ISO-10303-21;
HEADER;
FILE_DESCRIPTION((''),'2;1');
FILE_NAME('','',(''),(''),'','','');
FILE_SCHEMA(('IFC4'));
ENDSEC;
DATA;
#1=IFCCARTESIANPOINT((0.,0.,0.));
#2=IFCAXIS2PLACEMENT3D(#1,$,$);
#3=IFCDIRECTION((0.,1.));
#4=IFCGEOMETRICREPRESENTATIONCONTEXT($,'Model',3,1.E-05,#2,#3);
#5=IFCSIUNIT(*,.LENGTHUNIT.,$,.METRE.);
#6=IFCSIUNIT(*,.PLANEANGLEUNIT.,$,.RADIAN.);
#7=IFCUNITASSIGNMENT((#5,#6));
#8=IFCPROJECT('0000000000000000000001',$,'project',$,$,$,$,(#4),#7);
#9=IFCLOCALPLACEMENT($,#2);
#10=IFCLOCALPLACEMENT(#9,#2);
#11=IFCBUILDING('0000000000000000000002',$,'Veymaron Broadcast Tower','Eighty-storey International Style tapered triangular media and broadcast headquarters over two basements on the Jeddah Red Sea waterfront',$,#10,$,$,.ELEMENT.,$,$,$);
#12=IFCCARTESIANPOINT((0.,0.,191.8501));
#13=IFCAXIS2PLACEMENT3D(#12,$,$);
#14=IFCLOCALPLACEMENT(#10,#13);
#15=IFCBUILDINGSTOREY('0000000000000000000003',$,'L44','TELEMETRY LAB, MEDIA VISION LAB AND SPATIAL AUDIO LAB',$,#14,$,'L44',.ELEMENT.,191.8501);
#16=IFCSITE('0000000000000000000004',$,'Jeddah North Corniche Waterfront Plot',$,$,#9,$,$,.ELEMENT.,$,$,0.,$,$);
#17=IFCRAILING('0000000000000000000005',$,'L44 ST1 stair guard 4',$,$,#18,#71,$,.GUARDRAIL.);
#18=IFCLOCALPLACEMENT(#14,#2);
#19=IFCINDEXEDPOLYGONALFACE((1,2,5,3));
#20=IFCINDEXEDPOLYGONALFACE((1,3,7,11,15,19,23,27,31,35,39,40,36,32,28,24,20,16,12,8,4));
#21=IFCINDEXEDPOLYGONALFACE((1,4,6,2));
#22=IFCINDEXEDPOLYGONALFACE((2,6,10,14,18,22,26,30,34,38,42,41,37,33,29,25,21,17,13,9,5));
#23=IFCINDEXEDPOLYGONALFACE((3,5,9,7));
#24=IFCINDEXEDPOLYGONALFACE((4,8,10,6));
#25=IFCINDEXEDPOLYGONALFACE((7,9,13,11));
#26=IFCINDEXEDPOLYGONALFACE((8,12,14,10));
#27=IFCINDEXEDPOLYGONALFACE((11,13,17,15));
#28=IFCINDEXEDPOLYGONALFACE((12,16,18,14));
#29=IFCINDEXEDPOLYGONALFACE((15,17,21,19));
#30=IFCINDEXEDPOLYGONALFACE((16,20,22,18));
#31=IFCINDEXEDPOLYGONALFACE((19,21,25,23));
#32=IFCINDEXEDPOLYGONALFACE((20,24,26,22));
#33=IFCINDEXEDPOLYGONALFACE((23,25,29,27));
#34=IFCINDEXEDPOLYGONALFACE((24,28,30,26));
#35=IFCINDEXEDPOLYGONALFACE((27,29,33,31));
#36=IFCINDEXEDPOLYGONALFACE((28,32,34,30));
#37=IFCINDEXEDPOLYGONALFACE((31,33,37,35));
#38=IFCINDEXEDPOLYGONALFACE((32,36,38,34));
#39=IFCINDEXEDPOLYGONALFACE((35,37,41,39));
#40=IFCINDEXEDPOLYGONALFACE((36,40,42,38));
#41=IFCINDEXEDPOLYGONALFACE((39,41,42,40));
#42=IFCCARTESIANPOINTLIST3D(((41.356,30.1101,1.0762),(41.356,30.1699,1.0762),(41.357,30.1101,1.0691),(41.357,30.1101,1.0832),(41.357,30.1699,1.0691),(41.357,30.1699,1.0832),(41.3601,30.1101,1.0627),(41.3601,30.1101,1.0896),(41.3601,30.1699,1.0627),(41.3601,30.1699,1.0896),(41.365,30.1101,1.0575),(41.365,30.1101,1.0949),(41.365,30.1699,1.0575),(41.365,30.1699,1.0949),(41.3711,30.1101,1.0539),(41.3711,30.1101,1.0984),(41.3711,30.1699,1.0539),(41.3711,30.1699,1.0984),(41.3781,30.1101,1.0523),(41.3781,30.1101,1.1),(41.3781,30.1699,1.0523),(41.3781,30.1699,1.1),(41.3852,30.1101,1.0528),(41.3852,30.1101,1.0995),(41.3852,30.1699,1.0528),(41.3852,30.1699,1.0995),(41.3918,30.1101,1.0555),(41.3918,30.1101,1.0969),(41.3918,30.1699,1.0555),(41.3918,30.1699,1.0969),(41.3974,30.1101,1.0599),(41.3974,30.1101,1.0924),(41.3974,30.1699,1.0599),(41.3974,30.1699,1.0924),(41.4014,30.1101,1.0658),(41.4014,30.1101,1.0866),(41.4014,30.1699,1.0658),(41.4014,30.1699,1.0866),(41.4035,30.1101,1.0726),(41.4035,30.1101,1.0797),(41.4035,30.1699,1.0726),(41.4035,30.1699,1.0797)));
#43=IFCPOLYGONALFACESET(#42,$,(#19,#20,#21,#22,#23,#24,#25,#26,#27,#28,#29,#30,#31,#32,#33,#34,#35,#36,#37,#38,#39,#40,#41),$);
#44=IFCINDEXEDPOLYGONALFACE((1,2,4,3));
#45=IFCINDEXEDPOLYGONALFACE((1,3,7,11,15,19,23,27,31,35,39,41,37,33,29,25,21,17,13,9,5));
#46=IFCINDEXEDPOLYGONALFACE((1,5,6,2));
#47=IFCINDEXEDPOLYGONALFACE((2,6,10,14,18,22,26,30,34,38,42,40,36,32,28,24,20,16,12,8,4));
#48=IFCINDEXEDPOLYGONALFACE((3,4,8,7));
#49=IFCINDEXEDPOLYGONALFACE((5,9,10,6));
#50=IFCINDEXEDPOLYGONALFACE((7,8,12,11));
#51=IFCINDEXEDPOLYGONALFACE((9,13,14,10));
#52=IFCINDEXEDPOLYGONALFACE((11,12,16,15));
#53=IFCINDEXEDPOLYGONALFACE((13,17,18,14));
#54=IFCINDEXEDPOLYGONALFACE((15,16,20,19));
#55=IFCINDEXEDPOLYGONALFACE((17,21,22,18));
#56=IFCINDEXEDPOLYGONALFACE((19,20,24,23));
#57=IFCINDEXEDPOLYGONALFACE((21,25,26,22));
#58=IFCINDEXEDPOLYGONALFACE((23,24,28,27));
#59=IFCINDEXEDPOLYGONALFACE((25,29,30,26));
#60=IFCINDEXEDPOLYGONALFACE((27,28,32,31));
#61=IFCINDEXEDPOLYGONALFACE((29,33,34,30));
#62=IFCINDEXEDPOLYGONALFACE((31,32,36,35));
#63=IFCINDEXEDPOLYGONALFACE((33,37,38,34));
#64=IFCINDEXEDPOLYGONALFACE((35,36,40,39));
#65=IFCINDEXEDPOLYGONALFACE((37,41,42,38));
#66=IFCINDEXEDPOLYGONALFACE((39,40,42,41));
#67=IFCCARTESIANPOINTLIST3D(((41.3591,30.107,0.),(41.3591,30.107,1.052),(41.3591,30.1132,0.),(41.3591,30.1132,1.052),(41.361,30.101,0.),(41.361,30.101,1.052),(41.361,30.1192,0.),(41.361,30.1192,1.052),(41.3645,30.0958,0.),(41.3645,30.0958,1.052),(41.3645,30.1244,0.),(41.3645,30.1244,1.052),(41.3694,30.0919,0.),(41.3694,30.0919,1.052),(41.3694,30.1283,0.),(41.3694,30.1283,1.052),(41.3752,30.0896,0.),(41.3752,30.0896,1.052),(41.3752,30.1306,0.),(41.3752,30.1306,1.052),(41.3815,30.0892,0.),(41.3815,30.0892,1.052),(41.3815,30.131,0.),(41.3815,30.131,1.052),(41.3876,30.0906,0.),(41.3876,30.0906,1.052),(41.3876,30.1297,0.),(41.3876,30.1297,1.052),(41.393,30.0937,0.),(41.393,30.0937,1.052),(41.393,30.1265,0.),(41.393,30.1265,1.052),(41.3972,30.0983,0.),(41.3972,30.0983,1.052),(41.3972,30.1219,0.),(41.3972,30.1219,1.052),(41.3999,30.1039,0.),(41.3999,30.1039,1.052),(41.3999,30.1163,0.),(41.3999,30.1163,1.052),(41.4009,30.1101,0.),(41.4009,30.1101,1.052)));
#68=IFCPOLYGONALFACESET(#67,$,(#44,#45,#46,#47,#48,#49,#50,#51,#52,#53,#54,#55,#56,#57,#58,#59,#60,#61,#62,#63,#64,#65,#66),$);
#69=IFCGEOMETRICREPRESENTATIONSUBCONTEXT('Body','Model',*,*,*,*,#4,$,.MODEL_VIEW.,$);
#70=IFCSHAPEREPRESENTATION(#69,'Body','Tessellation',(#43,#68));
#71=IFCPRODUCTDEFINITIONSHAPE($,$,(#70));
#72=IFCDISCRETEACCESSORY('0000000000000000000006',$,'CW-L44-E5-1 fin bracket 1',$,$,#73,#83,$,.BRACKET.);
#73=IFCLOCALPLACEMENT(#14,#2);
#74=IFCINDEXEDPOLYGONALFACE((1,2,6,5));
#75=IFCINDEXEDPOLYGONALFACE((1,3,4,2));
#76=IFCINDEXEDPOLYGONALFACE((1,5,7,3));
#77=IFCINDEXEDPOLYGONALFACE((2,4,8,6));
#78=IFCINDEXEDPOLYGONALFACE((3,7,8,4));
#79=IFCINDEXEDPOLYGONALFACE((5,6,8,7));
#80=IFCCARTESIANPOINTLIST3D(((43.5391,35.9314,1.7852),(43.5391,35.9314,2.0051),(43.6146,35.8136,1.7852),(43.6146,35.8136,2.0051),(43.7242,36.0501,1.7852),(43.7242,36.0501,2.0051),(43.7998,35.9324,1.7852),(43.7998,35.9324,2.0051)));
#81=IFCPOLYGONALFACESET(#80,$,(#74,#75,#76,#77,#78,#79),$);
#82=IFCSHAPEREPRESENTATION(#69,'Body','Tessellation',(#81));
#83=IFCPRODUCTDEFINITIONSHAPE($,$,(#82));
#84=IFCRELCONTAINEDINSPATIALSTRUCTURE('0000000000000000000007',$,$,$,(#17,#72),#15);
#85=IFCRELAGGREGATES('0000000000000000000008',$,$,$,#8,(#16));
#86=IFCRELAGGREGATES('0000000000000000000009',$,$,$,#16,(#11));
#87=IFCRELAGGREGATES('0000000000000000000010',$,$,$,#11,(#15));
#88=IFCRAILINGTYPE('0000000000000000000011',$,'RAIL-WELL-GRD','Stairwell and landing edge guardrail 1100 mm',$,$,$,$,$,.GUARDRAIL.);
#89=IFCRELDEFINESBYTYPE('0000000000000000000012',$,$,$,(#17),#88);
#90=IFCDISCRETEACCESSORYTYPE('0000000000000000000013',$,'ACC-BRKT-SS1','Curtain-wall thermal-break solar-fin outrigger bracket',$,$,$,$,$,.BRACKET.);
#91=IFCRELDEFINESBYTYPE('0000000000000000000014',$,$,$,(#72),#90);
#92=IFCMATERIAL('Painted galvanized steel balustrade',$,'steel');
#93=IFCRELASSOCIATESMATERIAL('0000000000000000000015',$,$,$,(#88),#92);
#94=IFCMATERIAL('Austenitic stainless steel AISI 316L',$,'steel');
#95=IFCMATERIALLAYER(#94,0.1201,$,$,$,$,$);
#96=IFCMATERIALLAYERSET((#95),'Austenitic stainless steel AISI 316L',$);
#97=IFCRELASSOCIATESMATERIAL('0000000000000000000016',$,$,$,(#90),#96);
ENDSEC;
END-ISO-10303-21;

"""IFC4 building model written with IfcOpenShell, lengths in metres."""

from ifc_helpers import new_model, si_unit, direction, frame, origin, origin_2d, place, context, subcontext, project, spatial, rectangle, circle, extrude, material, layer, layer_set, type_object, element, save


model = new_model("IFC4")

# Units and contexts
model_context = context("Model", 3, precision=1e-05, world=origin(), true_north=direction((0.0, 1.0)))
body_context = subcontext(model_context, "Body", "Model", "MODEL_VIEW")
ifc_project = project(units=[si_unit("LENGTHUNIT", "METRE"), si_unit("PLANEANGLEUNIT", "RADIAN")], contexts=[model_context])

# Site, building, storey
site_placement = place(None, origin())
site = spatial("IfcSite", under=ifc_project, at=site_placement, Name="Jeddah North Corniche Waterfront Plot", CompositionType="ELEMENT", RefElevation=0.0)
building_placement = place(site_placement, origin())
building = spatial("IfcBuilding", under=site, at=building_placement, Name="Veymaron Broadcast Tower", Description="Eighty-storey International Style tapered triangular media and broadcast headquarters over two basements on the Jeddah Red Sea waterfront", CompositionType="ELEMENT")
storey_placement = place(building_placement, frame((0.0, 0.0, 191.8501)))
storey = spatial("IfcBuildingStorey", under=building, at=storey_placement, Name="L44", Description="TELEMETRY LAB, MEDIA VISION LAB AND SPATIAL AUDIO LAB", LongName="L44", CompositionType="ELEMENT", Elevation=191.8501)

# Railing
ifc_material_1 = material(Name="Painted galvanized steel balustrade", Category="steel")
railing_type_1 = type_object("IfcRailingType", Name="RAIL-WELL-GRD", Description="Stairwell and landing edge guardrail 1100 mm", PredefinedType="GUARDRAIL", material=ifc_material_1)
railing_1_placement = place(storey_placement, frame((41.3799, 30.1101, 0.0)))
element("IfcRailing", 1, at=railing_1_placement, inside=storey, type_object=railing_type_1, Name="L44 ST1 stair guard 4", PredefinedType="GUARDRAIL", context=body_context, shape_type="SweptSolid", body=[
    extrude(circle(Radius=0.0239, at=origin_2d()), frame((0.0, 0.0, 1.0762), z_axis=(0.0, 1.0, 0.0), x_axis=(-1.0, 0.0, 0.0)), (0.0, 0.0, 1.0), 0.0598),
    extrude(circle(Radius=0.021, at=origin_2d()), origin(), (0.0, 0.0, 1.0), 1.052),
])

# Discrete accessory
ifc_material_2 = material(Name="Austenitic stainless steel AISI 316L", Category="steel")
ifc_layer_1 = layer(ifc_material_2, 0.1201)
ifc_layer_set_1 = layer_set([ifc_layer_1], Name="Austenitic stainless steel AISI 316L")
discrete_accessory_type = type_object("IfcDiscreteAccessoryType", Name="ACC-BRKT-SS1", Description="Curtain-wall thermal-break solar-fin outrigger bracket", PredefinedType="BRACKET", material=ifc_layer_set_1)
discrete_accessory_placement = place(storey_placement, frame((43.6694, 35.9319, 1.7852), z_axis=(0.0, 0.0, 1.0), x_axis=(0.84169, 0.539961, 0.0)))
element("IfcDiscreteAccessory", 2, at=discrete_accessory_placement, inside=storey, type_object=discrete_accessory_type, Name="CW-L44-E5-1 fin bracket 1", PredefinedType="BRACKET", context=body_context, shape_type="SweptSolid", body=[
    extrude(rectangle(XDim=0.22, YDim=0.1399, at=origin_2d()), origin(), (0.0, 0.0, 1.0), 0.22),
])

save(model, "model.ifc")
